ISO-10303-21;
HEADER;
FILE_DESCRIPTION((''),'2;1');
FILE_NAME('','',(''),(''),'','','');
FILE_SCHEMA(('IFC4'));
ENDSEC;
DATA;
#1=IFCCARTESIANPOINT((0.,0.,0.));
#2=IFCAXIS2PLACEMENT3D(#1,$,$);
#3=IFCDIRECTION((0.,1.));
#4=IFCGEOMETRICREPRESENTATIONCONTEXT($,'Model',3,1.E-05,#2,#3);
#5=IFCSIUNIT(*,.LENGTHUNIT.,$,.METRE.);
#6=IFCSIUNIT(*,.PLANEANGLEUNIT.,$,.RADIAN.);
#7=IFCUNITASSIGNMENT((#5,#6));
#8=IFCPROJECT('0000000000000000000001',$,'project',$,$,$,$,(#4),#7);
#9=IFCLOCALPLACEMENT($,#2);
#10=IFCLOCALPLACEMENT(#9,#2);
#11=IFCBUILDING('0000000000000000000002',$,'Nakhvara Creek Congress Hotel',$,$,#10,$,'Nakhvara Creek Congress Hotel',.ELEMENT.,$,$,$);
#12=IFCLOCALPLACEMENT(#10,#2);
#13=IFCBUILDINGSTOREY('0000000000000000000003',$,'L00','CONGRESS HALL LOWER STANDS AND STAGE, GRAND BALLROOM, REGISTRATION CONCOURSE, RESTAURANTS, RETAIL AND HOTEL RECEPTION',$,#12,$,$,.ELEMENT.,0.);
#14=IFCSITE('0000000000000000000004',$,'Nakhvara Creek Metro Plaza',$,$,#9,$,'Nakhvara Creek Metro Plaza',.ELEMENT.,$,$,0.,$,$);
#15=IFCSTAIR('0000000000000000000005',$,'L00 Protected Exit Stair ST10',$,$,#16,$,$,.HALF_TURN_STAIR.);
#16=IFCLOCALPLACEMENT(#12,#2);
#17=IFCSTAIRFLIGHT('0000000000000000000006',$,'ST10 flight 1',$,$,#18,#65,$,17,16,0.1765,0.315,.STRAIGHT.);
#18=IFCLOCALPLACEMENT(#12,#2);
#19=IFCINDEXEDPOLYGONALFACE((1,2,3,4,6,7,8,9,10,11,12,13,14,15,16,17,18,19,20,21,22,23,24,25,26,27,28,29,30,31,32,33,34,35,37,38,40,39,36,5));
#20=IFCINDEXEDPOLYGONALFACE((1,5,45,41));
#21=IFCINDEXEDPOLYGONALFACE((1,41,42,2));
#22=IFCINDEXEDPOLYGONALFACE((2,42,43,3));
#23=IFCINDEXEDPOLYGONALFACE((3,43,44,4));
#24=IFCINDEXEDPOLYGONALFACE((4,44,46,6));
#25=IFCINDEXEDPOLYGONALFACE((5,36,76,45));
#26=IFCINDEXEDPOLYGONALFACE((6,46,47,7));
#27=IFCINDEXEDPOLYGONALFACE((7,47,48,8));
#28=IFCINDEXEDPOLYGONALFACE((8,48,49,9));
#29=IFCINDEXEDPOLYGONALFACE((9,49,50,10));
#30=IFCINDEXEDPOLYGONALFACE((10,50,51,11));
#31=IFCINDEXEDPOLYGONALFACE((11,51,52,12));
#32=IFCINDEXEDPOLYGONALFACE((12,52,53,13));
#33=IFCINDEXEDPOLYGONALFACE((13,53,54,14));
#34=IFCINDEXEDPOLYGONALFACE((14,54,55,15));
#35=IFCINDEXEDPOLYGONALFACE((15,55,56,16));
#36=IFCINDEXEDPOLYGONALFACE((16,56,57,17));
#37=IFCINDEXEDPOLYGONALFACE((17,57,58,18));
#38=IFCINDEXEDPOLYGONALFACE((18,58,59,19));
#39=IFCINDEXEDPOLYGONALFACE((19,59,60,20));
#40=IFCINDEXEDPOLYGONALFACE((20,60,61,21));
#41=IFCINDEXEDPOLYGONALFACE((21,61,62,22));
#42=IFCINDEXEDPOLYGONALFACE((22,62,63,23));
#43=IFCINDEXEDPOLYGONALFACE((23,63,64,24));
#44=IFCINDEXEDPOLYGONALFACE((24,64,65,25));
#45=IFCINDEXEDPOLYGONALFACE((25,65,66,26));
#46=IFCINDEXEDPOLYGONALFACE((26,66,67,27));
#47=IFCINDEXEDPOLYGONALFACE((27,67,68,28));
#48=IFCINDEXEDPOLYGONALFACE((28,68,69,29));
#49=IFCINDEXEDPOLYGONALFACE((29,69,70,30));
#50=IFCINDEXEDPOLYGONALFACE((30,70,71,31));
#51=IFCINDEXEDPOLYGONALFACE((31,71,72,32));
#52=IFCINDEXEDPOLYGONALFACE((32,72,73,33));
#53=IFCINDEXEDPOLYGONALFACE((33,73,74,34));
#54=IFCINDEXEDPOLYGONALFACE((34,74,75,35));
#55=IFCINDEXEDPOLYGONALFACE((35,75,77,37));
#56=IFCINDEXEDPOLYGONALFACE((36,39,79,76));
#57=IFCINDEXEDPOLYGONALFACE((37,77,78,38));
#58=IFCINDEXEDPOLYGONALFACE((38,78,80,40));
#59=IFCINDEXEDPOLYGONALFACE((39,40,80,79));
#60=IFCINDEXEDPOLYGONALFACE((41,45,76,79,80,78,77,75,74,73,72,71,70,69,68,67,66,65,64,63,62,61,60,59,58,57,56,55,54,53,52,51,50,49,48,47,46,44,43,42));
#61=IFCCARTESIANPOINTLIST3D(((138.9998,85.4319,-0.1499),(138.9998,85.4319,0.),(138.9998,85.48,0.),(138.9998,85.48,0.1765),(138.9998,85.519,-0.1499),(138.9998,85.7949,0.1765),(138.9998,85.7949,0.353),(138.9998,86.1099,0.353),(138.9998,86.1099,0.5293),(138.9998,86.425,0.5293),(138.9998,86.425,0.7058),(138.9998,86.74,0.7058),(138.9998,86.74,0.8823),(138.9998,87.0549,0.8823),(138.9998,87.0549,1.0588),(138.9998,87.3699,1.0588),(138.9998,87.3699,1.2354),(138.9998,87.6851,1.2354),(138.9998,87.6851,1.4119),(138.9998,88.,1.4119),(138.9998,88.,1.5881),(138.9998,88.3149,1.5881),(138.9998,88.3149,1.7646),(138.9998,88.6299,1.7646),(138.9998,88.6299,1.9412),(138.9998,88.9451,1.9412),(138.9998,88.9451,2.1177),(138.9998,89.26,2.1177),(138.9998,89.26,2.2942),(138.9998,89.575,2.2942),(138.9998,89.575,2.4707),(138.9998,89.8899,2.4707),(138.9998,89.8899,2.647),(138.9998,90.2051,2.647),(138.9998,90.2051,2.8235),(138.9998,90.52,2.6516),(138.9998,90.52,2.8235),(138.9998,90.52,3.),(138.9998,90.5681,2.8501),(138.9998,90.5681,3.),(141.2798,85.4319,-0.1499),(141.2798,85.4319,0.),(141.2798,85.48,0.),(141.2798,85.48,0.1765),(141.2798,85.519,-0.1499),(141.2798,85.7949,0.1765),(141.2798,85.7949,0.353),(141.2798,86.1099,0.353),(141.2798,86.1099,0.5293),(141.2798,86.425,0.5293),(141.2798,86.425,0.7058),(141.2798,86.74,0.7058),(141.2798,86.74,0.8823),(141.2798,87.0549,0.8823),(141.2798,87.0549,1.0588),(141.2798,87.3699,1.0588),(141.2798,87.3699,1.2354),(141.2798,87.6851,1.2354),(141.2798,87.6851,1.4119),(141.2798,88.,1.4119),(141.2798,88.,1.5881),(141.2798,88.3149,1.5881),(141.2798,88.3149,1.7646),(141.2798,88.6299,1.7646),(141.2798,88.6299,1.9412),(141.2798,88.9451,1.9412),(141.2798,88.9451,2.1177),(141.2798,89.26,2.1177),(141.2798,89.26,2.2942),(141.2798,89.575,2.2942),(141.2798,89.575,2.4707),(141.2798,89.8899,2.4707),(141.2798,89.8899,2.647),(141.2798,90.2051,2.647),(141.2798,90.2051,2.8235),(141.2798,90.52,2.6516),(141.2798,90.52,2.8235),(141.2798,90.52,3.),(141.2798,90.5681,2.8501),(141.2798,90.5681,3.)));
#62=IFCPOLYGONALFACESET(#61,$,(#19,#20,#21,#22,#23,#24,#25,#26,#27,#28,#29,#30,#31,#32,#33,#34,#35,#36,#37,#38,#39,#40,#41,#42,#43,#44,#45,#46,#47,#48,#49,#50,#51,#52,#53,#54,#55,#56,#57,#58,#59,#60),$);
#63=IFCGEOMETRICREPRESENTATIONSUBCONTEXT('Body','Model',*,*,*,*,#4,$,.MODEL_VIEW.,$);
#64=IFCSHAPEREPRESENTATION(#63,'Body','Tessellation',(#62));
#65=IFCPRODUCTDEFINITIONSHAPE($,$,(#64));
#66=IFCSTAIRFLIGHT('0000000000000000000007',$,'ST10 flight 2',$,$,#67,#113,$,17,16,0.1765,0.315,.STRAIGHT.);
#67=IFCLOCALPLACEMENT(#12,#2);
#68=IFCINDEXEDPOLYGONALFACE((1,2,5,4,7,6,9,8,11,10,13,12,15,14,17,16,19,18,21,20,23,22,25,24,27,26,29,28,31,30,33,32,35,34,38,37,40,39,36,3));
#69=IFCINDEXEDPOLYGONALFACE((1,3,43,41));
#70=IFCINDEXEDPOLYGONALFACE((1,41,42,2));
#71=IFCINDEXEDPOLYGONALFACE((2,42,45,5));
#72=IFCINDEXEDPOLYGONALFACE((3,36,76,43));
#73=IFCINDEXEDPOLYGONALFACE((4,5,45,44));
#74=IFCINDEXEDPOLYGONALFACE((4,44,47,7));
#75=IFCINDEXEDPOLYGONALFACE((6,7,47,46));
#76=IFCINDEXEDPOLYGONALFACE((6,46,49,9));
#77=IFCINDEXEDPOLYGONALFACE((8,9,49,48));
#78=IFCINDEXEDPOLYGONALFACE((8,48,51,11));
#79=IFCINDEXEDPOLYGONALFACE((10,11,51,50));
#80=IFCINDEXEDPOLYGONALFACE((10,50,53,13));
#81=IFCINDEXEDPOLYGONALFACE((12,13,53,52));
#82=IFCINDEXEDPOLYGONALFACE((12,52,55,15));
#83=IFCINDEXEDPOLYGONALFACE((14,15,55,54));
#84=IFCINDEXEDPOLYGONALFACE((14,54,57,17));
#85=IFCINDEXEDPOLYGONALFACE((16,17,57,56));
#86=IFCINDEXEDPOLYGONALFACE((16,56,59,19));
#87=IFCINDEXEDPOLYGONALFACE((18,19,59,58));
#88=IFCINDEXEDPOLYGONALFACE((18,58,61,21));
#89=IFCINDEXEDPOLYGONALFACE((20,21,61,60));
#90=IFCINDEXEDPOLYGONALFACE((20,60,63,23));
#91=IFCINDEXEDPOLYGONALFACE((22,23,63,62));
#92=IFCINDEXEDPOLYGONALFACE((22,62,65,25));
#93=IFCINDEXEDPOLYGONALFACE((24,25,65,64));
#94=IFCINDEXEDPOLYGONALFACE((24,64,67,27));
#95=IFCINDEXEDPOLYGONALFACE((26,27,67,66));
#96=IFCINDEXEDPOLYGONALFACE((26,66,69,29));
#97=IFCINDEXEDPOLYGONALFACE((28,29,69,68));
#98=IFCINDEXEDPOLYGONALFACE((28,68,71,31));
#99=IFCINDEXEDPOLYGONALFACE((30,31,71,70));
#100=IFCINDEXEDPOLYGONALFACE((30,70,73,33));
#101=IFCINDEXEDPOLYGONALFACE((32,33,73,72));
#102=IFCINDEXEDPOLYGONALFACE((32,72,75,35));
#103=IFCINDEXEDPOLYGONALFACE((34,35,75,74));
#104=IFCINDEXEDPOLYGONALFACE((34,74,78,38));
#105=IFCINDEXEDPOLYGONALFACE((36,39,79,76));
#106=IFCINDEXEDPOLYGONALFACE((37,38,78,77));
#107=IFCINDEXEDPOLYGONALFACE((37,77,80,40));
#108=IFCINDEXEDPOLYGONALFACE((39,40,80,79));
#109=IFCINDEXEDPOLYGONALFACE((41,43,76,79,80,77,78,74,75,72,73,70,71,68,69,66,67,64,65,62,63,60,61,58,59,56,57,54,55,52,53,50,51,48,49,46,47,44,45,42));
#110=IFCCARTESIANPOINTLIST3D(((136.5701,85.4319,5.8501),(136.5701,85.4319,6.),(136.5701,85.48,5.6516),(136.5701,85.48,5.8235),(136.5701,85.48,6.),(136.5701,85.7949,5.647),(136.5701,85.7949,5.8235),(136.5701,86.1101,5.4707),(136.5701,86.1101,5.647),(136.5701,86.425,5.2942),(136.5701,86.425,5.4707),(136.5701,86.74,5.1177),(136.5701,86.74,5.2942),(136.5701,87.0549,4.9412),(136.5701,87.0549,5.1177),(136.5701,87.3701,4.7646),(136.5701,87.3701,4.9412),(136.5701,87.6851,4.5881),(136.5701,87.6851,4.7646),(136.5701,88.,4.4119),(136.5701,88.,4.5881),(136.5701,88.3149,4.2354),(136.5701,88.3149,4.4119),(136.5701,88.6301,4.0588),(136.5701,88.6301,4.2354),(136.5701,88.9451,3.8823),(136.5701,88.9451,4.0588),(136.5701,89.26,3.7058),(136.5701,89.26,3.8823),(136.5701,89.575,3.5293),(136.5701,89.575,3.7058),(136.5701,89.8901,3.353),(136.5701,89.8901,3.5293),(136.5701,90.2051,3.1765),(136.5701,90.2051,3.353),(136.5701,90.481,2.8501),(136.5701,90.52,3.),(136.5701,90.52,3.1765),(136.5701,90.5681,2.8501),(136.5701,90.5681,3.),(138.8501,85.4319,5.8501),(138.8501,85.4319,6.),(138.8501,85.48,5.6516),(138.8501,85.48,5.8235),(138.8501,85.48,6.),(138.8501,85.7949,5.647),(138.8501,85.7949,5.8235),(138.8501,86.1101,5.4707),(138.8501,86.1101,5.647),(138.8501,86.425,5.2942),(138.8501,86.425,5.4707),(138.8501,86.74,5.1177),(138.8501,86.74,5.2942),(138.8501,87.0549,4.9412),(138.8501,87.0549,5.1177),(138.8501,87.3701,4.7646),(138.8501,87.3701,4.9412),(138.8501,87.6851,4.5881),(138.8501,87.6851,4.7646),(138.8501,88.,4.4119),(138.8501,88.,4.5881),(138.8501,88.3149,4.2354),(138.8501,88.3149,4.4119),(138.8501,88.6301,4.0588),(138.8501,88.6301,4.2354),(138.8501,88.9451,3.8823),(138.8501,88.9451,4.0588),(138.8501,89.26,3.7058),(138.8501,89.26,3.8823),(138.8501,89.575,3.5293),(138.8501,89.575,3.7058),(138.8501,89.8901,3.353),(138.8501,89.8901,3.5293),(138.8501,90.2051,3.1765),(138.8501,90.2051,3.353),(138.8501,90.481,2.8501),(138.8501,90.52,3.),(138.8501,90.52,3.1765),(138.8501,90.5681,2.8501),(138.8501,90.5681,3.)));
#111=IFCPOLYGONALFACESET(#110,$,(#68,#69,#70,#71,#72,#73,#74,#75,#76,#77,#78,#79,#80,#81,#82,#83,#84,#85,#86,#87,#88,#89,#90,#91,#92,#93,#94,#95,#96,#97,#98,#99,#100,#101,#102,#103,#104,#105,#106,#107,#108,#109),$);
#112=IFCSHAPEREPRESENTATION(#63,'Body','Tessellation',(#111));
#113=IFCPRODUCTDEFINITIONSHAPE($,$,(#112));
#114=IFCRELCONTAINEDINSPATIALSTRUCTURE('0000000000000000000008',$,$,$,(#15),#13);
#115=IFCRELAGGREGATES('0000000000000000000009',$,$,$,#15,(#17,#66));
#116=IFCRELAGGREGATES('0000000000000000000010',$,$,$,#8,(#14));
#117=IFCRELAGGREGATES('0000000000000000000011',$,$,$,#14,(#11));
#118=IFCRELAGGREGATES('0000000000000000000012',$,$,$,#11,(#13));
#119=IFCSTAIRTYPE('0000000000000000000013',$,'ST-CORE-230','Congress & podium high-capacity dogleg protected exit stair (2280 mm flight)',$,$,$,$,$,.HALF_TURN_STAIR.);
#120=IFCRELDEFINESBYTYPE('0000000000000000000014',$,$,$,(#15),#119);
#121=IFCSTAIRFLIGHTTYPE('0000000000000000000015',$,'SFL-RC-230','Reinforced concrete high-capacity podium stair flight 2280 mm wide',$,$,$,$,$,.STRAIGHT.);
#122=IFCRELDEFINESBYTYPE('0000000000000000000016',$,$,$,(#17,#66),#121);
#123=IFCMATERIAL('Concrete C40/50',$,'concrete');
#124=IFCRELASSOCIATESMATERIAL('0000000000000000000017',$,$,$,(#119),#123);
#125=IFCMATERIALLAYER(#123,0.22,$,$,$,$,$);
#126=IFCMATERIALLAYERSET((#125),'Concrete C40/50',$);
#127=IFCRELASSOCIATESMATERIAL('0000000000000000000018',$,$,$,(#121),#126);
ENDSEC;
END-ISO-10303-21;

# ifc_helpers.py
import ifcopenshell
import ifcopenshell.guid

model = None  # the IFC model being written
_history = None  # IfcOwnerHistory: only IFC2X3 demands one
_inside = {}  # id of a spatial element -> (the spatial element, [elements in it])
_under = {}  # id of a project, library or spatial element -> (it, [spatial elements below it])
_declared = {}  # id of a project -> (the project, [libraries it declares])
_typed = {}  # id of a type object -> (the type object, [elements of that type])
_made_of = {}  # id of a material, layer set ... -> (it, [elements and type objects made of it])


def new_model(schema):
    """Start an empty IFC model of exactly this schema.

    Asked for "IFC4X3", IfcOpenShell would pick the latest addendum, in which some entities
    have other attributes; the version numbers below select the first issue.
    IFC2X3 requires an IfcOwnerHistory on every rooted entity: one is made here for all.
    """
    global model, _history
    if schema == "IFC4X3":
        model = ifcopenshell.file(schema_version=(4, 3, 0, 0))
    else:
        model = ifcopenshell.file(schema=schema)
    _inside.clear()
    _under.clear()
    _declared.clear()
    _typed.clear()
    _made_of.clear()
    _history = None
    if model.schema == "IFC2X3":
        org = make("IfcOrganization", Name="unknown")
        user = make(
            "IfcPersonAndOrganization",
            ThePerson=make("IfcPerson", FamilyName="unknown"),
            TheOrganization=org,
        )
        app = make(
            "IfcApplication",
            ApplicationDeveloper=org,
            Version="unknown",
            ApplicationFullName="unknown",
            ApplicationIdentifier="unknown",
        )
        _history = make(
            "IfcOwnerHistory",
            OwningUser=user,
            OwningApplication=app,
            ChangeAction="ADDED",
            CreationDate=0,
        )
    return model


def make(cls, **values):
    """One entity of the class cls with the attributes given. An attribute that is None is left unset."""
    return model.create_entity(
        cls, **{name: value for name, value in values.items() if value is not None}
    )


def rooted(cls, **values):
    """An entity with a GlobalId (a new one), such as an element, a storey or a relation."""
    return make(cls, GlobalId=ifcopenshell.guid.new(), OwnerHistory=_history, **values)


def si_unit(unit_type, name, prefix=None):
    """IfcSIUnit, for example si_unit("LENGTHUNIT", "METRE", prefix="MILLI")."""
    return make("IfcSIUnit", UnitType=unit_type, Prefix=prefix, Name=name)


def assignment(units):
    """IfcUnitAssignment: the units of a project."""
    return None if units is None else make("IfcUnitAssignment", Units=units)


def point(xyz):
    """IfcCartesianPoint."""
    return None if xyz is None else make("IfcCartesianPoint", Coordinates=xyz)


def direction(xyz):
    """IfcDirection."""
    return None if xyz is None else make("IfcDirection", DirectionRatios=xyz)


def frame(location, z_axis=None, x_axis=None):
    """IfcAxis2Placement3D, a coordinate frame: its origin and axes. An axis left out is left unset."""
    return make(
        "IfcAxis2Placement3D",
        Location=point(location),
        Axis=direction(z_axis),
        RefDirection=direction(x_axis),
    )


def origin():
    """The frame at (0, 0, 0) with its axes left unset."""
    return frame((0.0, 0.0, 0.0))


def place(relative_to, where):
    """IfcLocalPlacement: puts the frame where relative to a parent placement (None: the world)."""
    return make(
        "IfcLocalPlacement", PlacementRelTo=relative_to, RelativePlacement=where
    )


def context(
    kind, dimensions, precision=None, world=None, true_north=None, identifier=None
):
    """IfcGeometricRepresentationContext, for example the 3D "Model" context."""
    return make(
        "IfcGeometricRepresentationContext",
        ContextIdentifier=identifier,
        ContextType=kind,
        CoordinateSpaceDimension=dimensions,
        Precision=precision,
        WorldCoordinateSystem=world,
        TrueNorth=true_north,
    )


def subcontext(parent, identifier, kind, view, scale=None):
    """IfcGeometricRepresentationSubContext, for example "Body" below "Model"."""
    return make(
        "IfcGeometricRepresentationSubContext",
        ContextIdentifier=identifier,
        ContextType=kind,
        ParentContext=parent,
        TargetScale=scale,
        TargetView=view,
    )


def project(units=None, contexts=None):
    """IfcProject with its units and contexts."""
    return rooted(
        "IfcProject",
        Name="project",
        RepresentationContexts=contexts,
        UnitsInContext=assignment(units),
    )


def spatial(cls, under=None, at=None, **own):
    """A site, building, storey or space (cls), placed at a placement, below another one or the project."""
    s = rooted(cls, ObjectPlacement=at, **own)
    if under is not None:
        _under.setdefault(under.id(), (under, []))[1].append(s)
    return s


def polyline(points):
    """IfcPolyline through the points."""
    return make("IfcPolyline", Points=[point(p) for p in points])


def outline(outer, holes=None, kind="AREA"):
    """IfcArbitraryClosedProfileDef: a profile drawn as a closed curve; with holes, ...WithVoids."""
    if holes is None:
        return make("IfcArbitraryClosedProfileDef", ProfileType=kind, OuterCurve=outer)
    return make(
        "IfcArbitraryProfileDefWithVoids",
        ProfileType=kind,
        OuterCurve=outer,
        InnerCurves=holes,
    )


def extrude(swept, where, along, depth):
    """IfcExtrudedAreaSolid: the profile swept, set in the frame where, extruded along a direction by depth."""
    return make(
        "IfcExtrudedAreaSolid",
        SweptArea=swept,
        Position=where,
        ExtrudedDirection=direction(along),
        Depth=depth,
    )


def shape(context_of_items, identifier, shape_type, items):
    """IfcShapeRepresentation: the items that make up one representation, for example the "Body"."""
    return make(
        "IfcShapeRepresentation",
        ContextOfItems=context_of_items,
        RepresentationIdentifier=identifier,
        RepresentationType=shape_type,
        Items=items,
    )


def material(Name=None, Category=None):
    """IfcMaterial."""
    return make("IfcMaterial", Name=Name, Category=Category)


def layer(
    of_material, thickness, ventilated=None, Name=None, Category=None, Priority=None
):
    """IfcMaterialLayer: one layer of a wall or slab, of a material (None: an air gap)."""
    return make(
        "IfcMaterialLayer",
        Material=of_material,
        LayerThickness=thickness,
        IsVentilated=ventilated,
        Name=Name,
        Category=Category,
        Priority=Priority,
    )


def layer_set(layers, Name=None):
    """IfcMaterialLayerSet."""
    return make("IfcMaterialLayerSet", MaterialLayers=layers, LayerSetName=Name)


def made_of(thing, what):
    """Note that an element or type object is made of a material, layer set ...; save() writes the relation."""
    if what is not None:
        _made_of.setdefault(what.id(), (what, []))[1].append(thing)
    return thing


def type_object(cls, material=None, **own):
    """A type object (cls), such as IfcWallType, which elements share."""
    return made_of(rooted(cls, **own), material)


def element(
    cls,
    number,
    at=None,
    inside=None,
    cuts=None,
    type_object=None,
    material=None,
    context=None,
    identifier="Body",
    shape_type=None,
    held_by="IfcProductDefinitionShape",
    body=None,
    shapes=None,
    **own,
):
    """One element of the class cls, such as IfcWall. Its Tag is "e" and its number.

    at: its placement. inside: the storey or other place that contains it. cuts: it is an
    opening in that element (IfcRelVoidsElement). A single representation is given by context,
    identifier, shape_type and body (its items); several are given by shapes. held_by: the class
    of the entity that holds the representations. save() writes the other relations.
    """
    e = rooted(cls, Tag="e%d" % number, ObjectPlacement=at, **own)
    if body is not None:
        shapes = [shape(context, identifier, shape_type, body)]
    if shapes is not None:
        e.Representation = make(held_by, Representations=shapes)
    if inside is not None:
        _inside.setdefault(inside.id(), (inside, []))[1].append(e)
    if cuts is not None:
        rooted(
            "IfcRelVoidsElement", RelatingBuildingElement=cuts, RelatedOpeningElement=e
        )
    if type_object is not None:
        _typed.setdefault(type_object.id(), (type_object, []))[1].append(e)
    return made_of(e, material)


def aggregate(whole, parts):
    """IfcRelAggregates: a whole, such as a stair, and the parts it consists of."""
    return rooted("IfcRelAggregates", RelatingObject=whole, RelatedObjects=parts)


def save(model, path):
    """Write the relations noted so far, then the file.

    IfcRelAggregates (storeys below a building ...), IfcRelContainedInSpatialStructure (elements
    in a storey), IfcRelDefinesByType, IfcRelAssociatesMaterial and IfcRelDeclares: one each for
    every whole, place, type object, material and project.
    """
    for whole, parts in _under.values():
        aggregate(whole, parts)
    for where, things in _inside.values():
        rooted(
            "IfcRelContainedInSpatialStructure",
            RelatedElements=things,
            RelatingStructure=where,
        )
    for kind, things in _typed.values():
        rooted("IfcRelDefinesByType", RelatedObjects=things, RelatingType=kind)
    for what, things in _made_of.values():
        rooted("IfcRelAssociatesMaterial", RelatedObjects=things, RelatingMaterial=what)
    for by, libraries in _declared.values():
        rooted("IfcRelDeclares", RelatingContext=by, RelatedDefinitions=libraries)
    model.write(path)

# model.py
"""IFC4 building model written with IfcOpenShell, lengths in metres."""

from ifc_helpers import new_model, si_unit, direction, frame, origin, place, context, subcontext, project, spatial, polyline, outline, extrude, material, layer, layer_set, type_object, element, aggregate, save


model = new_model("IFC4")

# Units and contexts
model_context = context("Model", 3, precision=1e-05, world=origin(), true_north=direction((0.0, 1.0)))
body_context = subcontext(model_context, "Body", "Model", "MODEL_VIEW")
ifc_project = project(units=[si_unit("LENGTHUNIT", "METRE"), si_unit("PLANEANGLEUNIT", "RADIAN")], contexts=[model_context])

# Site, building, storey
site_placement = place(None, origin())
site = spatial("IfcSite", under=ifc_project, at=site_placement, Name="Nakhvara Creek Metro Plaza", LongName="Nakhvara Creek Metro Plaza", CompositionType="ELEMENT", RefElevation=0.0)
building_placement = place(site_placement, origin())
building = spatial("IfcBuilding", under=site, at=building_placement, Name="Nakhvara Creek Congress Hotel", LongName="Nakhvara Creek Congress Hotel", CompositionType="ELEMENT")
storey_placement = place(building_placement, origin())
storey = spatial("IfcBuildingStorey", under=building, at=storey_placement, Name="L00", Description="CONGRESS HALL LOWER STANDS AND STAGE, GRAND BALLROOM, REGISTRATION CONCOURSE, RESTAURANTS, RETAIL AND HOTEL RECEPTION", CompositionType="ELEMENT", Elevation=0.0)

# Shared definitions
ifc_material_1 = material(Name="Concrete C40/50", Category="concrete")

# Stair, stair flights
stair_type = type_object("IfcStairType", Name="ST-CORE-230", Description="Congress & podium high-capacity dogleg protected exit stair (2280 mm flight)", PredefinedType="HALF_TURN_STAIR", material=ifc_material_1)
stair_placement = place(storey_placement, origin())
stair = element("IfcStair", 1, at=stair_placement, inside=storey, type_object=stair_type, Name="L00 Protected Exit Stair ST10", PredefinedType="HALF_TURN_STAIR")
ifc_layer_1 = layer(ifc_material_1, 0.22)
ifc_layer_set_1 = layer_set([ifc_layer_1], Name="Concrete C40/50")
stair_flight_type = type_object("IfcStairFlightType", Name="SFL-RC-230", Description="Reinforced concrete high-capacity podium stair flight 2280 mm wide", PredefinedType="STRAIGHT", material=ifc_layer_set_1)
stair_flight_1_placement = place(storey_placement, frame((140.1399, 85.48, 0.0), z_axis=(0.0, 0.0, 1.0), x_axis=(0.0, 1.0, 0.0)))
stair_flight_1 = element("IfcStairFlight", 2, at=stair_flight_1_placement, type_object=stair_flight_type, Name="ST10 flight 1", NumberOfRisers=17, NumberOfTreads=16, PredefinedType="STRAIGHT", RiserHeight=0.1765, TreadLength=0.315, context=body_context, shape_type="SweptSolid", body=[
    extrude(outline(polyline([(-0.0481, 0.0), (0.0, 0.0), (0.0, 0.1765), (0.3149, 0.1765), (0.3149, 0.353), (0.6299, 0.353), (0.6299, 0.5293), (0.9451, 0.5293), (0.9451, 0.7058), (1.26, 0.7058), (1.26, 0.8823), (1.575, 0.8823), (1.575, 1.0588), (1.8899, 1.0588), (1.8899, 1.2354), (2.2051, 1.2354), (2.2051, 1.4119), (2.52, 1.4119), (2.52, 1.5881), (2.835, 1.5881), (2.835, 1.7646), (3.1499, 1.7646), (3.1499, 1.9412), (3.4651, 1.9412), (3.4651, 2.1177), (3.78, 2.1177), (3.78, 2.2942), (4.095, 2.2942), (4.095, 2.4707), (4.4099, 2.4707), (4.4099, 2.647), (4.7251, 2.647), (4.7251, 2.8235), (5.04, 2.8235), (5.04, 3.0), (5.0881, 3.0), (5.0881, 2.8501), (5.04, 2.6516), (0.0391, -0.1499), (-0.0481, -0.1499), (-0.0481, 0.0)])), frame((0.0, 1.1401, 0.0), z_axis=(0.0, -1.0, 0.0), x_axis=(1.0, 0.0, 0.0)), (0.0, 0.0, 1.0), 2.28),
])
stair_flight_2_placement = place(storey_placement, frame((137.71, 90.52, 3.0), z_axis=(0.0, 0.0, 1.0), x_axis=(0.0, -1.0, 0.0)))
stair_flight_2 = element("IfcStairFlight", 3, at=stair_flight_2_placement, type_object=stair_flight_type, Name="ST10 flight 2", NumberOfRisers=17, NumberOfTreads=16, PredefinedType="STRAIGHT", RiserHeight=0.1765, TreadLength=0.315, context=body_context, shape_type="SweptSolid", body=[
    extrude(outline(polyline([(-0.0481, 0.0), (0.0, 0.0), (0.0, 0.1765), (0.3149, 0.1765), (0.3149, 0.353), (0.6299, 0.353), (0.6299, 0.5293), (0.9451, 0.5293), (0.9451, 0.7058), (1.26, 0.7058), (1.26, 0.8823), (1.575, 0.8823), (1.575, 1.0588), (1.8899, 1.0588), (1.8899, 1.2354), (2.2051, 1.2354), (2.2051, 1.4119), (2.52, 1.4119), (2.52, 1.5881), (2.835, 1.5881), (2.835, 1.7646), (3.1499, 1.7646), (3.1499, 1.9412), (3.4651, 1.9412), (3.4651, 2.1177), (3.78, 2.1177), (3.78, 2.2942), (4.095, 2.2942), (4.095, 2.4707), (4.4099, 2.4707), (4.4099, 2.647), (4.7251, 2.647), (4.7251, 2.8235), (5.04, 2.8235), (5.04, 3.0), (5.0881, 3.0), (5.0881, 2.8501), (5.04, 2.6516), (0.0391, -0.1499), (-0.0481, -0.1499), (-0.0481, 0.0)])), frame((0.0, 1.1401, 0.0), z_axis=(0.0, -1.0, 0.0), x_axis=(1.0, 0.0, 0.0)), (0.0, 0.0, 1.0), 2.28),
])
aggregate(stair, [stair_flight_1, stair_flight_2])

save(model, "model.ifc")
